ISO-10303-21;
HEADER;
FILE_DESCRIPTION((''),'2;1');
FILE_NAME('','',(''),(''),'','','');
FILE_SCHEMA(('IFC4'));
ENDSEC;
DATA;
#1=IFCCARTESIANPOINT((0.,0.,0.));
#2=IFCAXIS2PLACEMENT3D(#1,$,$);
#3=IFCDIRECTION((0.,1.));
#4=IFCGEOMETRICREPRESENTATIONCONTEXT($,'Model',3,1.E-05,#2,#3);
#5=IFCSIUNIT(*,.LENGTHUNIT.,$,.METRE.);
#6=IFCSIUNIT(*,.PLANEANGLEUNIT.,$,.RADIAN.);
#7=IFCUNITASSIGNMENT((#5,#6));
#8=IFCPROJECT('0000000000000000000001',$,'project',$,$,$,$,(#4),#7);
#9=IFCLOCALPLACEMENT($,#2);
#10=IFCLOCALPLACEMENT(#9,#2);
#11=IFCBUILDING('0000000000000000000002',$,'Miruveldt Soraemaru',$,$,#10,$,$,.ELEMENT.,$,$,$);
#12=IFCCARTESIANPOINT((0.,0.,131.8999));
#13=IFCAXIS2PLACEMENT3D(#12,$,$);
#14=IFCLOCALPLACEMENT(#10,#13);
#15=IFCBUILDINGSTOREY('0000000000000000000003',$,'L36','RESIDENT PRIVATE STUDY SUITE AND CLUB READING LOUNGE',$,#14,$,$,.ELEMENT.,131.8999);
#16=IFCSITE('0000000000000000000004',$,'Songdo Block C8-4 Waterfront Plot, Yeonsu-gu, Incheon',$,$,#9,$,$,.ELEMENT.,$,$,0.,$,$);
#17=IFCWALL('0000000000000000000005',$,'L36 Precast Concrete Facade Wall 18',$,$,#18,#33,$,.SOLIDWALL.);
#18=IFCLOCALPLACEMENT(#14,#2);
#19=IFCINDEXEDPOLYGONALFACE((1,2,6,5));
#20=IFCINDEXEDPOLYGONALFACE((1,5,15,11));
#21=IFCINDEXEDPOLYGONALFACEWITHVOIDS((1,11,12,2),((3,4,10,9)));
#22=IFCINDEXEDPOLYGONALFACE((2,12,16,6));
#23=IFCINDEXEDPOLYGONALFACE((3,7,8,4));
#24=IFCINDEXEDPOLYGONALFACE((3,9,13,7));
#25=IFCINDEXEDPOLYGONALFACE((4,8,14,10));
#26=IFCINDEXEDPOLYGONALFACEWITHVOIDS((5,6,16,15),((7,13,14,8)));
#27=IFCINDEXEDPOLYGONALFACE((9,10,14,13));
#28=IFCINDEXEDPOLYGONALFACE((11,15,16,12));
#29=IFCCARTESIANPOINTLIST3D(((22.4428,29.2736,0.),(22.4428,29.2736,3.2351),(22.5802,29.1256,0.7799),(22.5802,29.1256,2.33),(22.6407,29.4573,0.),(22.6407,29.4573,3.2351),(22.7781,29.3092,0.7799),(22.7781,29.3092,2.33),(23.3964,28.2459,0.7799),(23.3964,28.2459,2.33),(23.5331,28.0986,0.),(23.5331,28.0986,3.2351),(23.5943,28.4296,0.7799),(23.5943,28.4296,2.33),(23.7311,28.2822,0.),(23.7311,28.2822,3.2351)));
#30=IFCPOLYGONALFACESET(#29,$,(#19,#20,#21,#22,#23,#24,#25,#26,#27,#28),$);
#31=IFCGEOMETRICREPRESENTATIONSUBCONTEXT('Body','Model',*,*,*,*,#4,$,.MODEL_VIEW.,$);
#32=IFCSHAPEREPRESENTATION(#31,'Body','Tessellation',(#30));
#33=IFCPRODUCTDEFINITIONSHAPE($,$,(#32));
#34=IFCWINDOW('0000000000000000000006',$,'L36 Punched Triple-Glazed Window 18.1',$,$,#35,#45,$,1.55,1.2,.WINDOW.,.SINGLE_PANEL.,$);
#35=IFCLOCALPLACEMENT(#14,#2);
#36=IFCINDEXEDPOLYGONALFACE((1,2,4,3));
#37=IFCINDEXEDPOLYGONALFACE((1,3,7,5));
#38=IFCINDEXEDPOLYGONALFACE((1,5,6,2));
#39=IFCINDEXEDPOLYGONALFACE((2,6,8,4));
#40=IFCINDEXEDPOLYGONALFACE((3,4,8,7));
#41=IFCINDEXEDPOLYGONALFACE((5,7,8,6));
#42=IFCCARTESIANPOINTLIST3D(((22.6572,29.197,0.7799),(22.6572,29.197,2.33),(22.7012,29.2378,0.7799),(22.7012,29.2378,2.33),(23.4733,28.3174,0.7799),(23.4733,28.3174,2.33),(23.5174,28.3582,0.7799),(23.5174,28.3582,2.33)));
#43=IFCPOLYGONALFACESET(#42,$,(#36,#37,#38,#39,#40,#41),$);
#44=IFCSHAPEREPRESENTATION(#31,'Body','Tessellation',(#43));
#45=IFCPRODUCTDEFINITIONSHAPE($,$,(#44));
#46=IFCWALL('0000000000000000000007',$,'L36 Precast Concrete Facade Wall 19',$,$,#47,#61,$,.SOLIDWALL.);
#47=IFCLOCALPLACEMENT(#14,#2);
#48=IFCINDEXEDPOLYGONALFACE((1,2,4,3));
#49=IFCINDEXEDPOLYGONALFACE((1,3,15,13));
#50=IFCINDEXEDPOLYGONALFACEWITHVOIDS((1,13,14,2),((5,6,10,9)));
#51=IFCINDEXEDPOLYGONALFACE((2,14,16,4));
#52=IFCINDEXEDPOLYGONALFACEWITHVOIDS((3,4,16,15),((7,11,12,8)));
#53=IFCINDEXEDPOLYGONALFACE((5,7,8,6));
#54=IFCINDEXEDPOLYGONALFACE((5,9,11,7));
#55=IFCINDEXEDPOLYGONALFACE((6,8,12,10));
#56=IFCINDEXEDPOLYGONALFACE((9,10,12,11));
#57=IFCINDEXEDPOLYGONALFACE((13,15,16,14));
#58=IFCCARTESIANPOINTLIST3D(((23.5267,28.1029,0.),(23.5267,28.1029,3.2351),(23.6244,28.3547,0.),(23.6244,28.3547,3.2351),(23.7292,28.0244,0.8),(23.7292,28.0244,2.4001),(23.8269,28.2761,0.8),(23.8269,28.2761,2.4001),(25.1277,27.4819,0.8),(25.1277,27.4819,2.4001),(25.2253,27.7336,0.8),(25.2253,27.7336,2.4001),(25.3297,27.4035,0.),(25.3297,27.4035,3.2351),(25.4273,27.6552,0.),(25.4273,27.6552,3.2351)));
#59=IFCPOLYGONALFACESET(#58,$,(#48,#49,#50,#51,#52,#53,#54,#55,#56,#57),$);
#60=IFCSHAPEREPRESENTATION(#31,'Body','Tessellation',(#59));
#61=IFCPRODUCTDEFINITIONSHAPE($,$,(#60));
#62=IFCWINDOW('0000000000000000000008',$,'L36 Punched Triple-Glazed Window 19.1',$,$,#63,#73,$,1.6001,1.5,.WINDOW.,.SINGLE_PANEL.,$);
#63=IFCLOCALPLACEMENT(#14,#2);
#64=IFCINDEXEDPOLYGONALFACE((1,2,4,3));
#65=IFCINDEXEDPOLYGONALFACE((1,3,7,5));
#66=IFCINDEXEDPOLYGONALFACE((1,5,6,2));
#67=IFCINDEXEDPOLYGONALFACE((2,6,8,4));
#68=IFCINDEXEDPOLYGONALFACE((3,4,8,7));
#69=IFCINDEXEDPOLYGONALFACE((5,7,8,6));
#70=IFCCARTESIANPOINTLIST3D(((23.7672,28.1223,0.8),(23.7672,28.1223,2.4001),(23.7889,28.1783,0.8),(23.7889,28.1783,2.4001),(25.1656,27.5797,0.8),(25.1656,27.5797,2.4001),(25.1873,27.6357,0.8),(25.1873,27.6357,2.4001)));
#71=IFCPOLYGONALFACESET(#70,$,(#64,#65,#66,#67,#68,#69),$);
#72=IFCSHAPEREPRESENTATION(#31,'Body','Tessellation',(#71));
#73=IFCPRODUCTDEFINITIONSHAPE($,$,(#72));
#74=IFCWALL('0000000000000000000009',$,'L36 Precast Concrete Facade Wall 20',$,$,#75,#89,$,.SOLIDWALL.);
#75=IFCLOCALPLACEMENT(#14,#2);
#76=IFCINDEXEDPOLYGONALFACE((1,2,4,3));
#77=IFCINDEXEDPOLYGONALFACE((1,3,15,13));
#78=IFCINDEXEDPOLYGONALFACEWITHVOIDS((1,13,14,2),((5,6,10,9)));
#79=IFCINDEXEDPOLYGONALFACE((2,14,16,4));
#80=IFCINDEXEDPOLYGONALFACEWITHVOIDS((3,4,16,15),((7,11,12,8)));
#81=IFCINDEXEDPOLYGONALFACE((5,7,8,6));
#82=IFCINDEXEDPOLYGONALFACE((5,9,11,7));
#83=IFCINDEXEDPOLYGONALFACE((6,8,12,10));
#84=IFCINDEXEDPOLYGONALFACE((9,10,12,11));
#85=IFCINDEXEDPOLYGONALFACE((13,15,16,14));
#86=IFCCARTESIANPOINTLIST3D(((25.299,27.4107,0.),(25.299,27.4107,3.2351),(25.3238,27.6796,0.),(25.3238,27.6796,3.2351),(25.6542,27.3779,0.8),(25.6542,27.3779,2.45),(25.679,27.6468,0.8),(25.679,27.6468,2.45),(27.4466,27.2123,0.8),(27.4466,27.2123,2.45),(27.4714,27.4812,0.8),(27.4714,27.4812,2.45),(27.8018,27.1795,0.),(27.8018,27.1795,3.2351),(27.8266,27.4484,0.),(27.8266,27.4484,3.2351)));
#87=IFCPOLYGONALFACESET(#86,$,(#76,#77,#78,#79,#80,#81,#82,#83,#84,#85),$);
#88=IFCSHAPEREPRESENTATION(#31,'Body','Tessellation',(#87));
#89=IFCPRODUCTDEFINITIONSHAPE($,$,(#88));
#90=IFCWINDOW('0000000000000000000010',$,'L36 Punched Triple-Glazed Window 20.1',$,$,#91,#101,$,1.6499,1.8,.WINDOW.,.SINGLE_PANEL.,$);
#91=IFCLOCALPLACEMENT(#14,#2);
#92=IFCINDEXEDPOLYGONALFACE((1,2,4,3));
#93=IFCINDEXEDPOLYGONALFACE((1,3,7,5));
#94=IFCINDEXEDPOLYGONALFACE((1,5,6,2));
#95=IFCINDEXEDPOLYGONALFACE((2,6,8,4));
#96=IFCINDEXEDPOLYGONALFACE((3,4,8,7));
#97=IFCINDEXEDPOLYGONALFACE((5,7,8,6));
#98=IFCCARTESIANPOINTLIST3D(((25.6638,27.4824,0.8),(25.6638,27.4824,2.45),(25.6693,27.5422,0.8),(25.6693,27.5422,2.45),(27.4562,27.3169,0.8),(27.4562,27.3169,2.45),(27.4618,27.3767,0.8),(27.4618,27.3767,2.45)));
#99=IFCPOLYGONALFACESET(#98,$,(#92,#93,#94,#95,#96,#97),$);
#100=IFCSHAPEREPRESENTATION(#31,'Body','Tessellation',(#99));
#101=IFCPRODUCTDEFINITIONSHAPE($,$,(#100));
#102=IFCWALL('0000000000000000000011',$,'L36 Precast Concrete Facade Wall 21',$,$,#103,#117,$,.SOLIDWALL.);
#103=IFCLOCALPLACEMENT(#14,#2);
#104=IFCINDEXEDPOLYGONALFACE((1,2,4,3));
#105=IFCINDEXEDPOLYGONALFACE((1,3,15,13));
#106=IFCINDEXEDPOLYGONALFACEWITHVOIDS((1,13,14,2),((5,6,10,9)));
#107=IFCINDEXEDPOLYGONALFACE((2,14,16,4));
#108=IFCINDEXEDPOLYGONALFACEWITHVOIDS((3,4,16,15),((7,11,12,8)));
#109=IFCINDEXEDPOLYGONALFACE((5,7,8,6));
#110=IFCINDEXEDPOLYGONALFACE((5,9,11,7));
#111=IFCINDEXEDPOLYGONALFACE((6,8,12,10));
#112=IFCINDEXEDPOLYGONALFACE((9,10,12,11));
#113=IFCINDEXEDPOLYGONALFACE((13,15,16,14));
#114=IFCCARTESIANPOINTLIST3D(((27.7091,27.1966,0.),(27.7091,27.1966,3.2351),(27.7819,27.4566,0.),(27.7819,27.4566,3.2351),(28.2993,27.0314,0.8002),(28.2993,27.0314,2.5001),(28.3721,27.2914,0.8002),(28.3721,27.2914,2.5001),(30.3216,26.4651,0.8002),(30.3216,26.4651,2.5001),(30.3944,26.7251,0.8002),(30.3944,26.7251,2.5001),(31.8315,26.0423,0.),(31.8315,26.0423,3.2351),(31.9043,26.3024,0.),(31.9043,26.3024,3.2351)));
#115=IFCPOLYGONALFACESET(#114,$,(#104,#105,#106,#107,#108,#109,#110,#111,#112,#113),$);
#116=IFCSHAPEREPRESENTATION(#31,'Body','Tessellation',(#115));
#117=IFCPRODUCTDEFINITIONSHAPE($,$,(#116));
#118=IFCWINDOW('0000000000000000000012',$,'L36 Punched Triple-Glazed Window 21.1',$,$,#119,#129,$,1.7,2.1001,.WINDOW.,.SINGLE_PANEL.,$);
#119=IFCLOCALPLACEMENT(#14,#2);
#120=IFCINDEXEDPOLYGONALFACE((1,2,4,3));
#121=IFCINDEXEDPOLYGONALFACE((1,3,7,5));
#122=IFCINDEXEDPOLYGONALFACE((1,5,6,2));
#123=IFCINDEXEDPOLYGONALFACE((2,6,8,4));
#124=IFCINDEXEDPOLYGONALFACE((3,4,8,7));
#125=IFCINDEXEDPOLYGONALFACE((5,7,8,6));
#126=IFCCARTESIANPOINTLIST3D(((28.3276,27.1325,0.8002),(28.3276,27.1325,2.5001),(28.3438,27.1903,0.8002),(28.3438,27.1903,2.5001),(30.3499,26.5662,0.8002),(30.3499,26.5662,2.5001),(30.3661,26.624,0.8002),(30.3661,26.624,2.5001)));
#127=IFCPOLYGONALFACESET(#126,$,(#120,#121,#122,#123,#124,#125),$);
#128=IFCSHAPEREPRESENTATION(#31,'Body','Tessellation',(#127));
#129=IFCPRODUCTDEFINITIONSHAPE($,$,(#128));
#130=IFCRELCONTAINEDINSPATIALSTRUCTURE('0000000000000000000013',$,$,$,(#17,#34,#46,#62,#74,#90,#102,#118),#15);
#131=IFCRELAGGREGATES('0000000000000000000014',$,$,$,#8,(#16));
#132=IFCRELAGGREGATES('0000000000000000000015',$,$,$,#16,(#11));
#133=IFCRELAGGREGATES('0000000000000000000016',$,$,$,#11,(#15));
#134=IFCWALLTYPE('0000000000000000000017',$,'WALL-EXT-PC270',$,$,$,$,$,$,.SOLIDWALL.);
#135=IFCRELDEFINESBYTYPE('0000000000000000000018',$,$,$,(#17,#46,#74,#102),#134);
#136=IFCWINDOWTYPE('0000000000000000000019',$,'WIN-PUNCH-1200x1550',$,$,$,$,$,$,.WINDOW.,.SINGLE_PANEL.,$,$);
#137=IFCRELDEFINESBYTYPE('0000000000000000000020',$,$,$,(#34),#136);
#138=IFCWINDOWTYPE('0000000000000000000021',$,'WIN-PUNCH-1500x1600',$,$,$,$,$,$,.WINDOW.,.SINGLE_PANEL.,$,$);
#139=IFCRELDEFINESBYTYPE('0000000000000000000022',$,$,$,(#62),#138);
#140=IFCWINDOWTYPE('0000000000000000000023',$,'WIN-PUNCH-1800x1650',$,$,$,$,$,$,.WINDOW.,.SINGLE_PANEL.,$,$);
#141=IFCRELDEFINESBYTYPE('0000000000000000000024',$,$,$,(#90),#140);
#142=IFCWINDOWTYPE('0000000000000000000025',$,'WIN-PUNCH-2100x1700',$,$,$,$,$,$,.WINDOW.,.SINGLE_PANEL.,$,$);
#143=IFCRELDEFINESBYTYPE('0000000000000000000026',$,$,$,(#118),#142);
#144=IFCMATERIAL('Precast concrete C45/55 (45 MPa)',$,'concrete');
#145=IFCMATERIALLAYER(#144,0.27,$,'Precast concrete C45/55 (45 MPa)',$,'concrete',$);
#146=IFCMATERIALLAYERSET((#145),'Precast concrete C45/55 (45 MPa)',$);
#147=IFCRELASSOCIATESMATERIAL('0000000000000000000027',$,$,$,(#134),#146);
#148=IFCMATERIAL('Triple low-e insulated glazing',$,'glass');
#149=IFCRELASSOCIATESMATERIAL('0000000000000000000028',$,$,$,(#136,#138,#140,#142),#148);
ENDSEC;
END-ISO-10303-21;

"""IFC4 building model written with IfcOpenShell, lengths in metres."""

from ifc_helpers import new_model, si_unit, direction, frame, frame_2d, origin, place, context, subcontext, project, spatial, rectangle, extrude, material, layer, layer_set, type_object, element, fill, save


model = new_model("IFC4")

# Units and contexts
model_context = context("Model", 3, precision=1e-05, world=origin(), true_north=direction((0.0, 1.0)))
body_context = subcontext(model_context, "Body", "Model", "MODEL_VIEW")
ifc_project = project(units=[si_unit("LENGTHUNIT", "METRE"), si_unit("PLANEANGLEUNIT", "RADIAN")], contexts=[model_context])

# Site, building, storey
site_placement = place(None, origin())
site = spatial("IfcSite", under=ifc_project, at=site_placement, Name="Songdo Block C8-4 Waterfront Plot, Yeonsu-gu, Incheon", CompositionType="ELEMENT", RefElevation=0.0)
building_placement = place(site_placement, origin())
building = spatial("IfcBuilding", under=site, at=building_placement, Name="Miruveldt Soraemaru", CompositionType="ELEMENT")
storey_placement = place(building_placement, frame((0.0, 0.0, 131.8999)))
storey = spatial("IfcBuildingStorey", under=building, at=storey_placement, Name="L36", Description="RESIDENT PRIVATE STUDY SUITE AND CLUB READING LOUNGE", CompositionType="ELEMENT", Elevation=131.8999)

# Walls, openings, windows
ifc_material_1 = material(Name="Precast concrete C45/55 (45 MPa)", Category="concrete")
ifc_layer_1 = layer(ifc_material_1, 0.27, Name="Precast concrete C45/55 (45 MPa)", Category="concrete")
ifc_layer_set_1 = layer_set([ifc_layer_1], Name="Precast concrete C45/55 (45 MPa)")
wall_type_1 = type_object("IfcWallType", Name="WALL-EXT-PC270", PredefinedType="SOLIDWALL", material=ifc_layer_set_1)
ifc_material_2 = material(Name="Triple low-e insulated glazing", Category="glass")
window_type_1 = type_object("IfcWindowType", Name="WIN-PUNCH-1200x1550", PartitioningType="SINGLE_PANEL", PredefinedType="WINDOW", material=ifc_material_2)
wall_1_placement = place(storey_placement, frame((22.5417, 29.3655, 0.0), z_axis=(0.0, 0.0, 1.0), x_axis=(0.680188, -0.733038, 0.0)))
wall_1 = element("IfcWall", 1, at=wall_1_placement, inside=storey, type_object=wall_type_1, Name="L36 Precast Concrete Facade Wall 18", PredefinedType="SOLIDWALL", context=body_context, shape_type="SweptSolid", body=[
    extrude(rectangle(XDim=1.603, YDim=0.27, at=frame_2d((0.8015, 0.0))), origin(), (0.0, 0.0, 1.0), 3.2351),
])
opening_1_placement = place(wall_1_placement, frame((0.2019, 0.0, 0.78)))
opening_1 = element("IfcOpeningElement", 2, at=opening_1_placement, cuts=wall_1, PredefinedType="OPENING", context=body_context, shape_type="SweptSolid", body=[
    extrude(rectangle(XDim=1.2, YDim=1.55, at=frame_2d((0.6001, 0.7749))), frame((0.0, 0.145, 0.0), z_axis=(0.0, -1.0, 0.0), x_axis=(1.0, 0.0, 0.0)), (0.0, 0.0, 1.0), 0.29),
])
window_1_placement = place(opening_1_placement, origin())
window_1 = element("IfcWindow", 3, at=window_1_placement, inside=storey, type_object=window_type_1, Name="L36 Punched Triple-Glazed Window 18.1", OverallHeight=1.55, OverallWidth=1.2, PartitioningType="SINGLE_PANEL", PredefinedType="WINDOW", context=body_context, shape_type="SweptSolid", body=[
    extrude(rectangle(XDim=1.2, YDim=1.55, at=frame_2d((0.6001, 0.7749))), frame((0.0, 0.03, 0.0), z_axis=(0.0, -1.0, 0.0), x_axis=(1.0, 0.0, 0.0)), (0.0, 0.0, 1.0), 0.0601),
])
fill(opening_1, window_1)
wall_2_placement = place(storey_placement, frame((23.5757, 28.2288, 0.0), z_axis=(0.0, 0.0, 1.0), x_axis=(0.932301, -0.361685, 0.0)))
wall_2 = element("IfcWall", 4, at=wall_2_placement, inside=storey, type_object=wall_type_1, Name="L36 Precast Concrete Facade Wall 19", PredefinedType="SOLIDWALL", context=body_context, shape_type="SweptSolid", body=[
    extrude(rectangle(XDim=1.9338, YDim=0.27, at=frame_2d((0.9668, 0.0))), origin(), (0.0, 0.0, 1.0), 3.2351),
])
opening_2_placement = place(wall_2_placement, frame((0.217, 0.0, 0.8)))
opening_2 = element("IfcOpeningElement", 5, at=opening_2_placement, cuts=wall_2, PredefinedType="OPENING", context=body_context, shape_type="SweptSolid", body=[
    extrude(rectangle(XDim=1.5, YDim=1.6001, at=frame_2d((0.75, 0.8))), frame((0.0, 0.145, 0.0), z_axis=(0.0, -1.0, 0.0), x_axis=(1.0, 0.0, 0.0)), (0.0, 0.0, 1.0), 0.29),
])
window_type_2 = type_object("IfcWindowType", Name="WIN-PUNCH-1500x1600", PartitioningType="SINGLE_PANEL", PredefinedType="WINDOW", material=ifc_material_2)
window_2_placement = place(opening_2_placement, origin())
window_2 = element("IfcWindow", 6, at=window_2_placement, inside=storey, type_object=window_type_2, Name="L36 Punched Triple-Glazed Window 19.1", OverallHeight=1.6001, OverallWidth=1.5, PartitioningType="SINGLE_PANEL", PredefinedType="WINDOW", context=body_context, shape_type="SweptSolid", body=[
    extrude(rectangle(XDim=1.5, YDim=1.6001, at=frame_2d((0.75, 0.8))), frame((0.0, 0.03, 0.0), z_axis=(0.0, -1.0, 0.0), x_axis=(1.0, 0.0, 0.0)), (0.0, 0.0, 1.0), 0.0601),
])
fill(opening_2, window_2)
wall_3_placement = place(storey_placement, frame((25.3113, 27.5452, 0.0), z_axis=(0.0, 0.0, 1.0), x_axis=(0.99576, -0.09199, 0.0)))
wall_3 = element("IfcWall", 7, at=wall_3_placement, inside=storey, type_object=wall_type_1, Name="L36 Precast Concrete Facade Wall 20", PredefinedType="SOLIDWALL", context=body_context, shape_type="SweptSolid", body=[
    extrude(rectangle(XDim=2.5134, YDim=0.27, at=frame_2d((1.2568, 0.0))), origin(), (0.0, 0.0, 1.0), 3.2351),
])
opening_3_placement = place(wall_3_placement, frame((0.3569, 0.0, 0.8)))
opening_3 = element("IfcOpeningElement", 8, at=opening_3_placement, cuts=wall_3, PredefinedType="OPENING", context=body_context, shape_type="SweptSolid", body=[
    extrude(rectangle(XDim=1.8, YDim=1.6499, at=frame_2d((0.8999, 0.825))), frame((0.0, 0.145, 0.0), z_axis=(0.0, -1.0, 0.0), x_axis=(1.0, 0.0, 0.0)), (0.0, 0.0, 1.0), 0.29),
])
window_type_3 = type_object("IfcWindowType", Name="WIN-PUNCH-1800x1650", PartitioningType="SINGLE_PANEL", PredefinedType="WINDOW", material=ifc_material_2)
window_3_placement = place(opening_3_placement, origin())
window_3 = element("IfcWindow", 9, at=window_3_placement, inside=storey, type_object=window_type_3, Name="L36 Punched Triple-Glazed Window 20.1", OverallHeight=1.6499, OverallWidth=1.8, PartitioningType="SINGLE_PANEL", PredefinedType="WINDOW", context=body_context, shape_type="SweptSolid", body=[
    extrude(rectangle(XDim=1.8, YDim=1.6499, at=frame_2d((0.8999, 0.825))), frame((0.0, 0.03, 0.0), z_axis=(0.0, -1.0, 0.0), x_axis=(1.0, 0.0, 0.0)), (0.0, 0.0, 1.0), 0.0601),
])
fill(opening_3, window_3)
wall_4_placement = place(storey_placement, frame((27.7454, 27.3267, 0.0), z_axis=(0.0, 0.0, 1.0), x_axis=(0.962965, -0.269626, 0.0)))
wall_4 = element("IfcWall", 10, at=wall_4_placement, inside=storey, type_object=wall_type_1, Name="L36 Precast Concrete Facade Wall 21", PredefinedType="SOLIDWALL", context=body_context, shape_type="SweptSolid", body=[
    extrude(rectangle(XDim=4.281, YDim=0.27, at=frame_2d((2.1406, 0.0))), origin(), (0.0, 0.0, 1.0), 3.2351),
])
opening_4_placement = place(wall_4_placement, frame((0.613, 0.0, 0.8)))
opening_4 = element("IfcOpeningElement", 11, at=opening_4_placement, cuts=wall_4, PredefinedType="OPENING", context=body_context, shape_type="SweptSolid", body=[
    extrude(rectangle(XDim=2.1001, YDim=1.7, at=frame_2d((1.05, 0.8501))), frame((0.0, 0.145, 0.0), z_axis=(0.0, -1.0, 0.0), x_axis=(1.0, 0.0, 0.0)), (0.0, 0.0, 1.0), 0.29),
])
window_type_4 = type_object("IfcWindowType", Name="WIN-PUNCH-2100x1700", PartitioningType="SINGLE_PANEL", PredefinedType="WINDOW", material=ifc_material_2)
window_4_placement = place(opening_4_placement, origin())
window_4 = element("IfcWindow", 12, at=window_4_placement, inside=storey, type_object=window_type_4, Name="L36 Punched Triple-Glazed Window 21.1", OverallHeight=1.7, OverallWidth=2.1001, PartitioningType="SINGLE_PANEL", PredefinedType="WINDOW", context=body_context, shape_type="SweptSolid", body=[
    extrude(rectangle(XDim=2.1001, YDim=1.7, at=frame_2d((1.05, 0.8501))), frame((0.0, 0.03, 0.0), z_axis=(0.0, -1.0, 0.0), x_axis=(1.0, 0.0, 0.0)), (0.0, 0.0, 1.0), 0.0601),
])
fill(opening_4, window_4)

save(model, "model.ifc")
